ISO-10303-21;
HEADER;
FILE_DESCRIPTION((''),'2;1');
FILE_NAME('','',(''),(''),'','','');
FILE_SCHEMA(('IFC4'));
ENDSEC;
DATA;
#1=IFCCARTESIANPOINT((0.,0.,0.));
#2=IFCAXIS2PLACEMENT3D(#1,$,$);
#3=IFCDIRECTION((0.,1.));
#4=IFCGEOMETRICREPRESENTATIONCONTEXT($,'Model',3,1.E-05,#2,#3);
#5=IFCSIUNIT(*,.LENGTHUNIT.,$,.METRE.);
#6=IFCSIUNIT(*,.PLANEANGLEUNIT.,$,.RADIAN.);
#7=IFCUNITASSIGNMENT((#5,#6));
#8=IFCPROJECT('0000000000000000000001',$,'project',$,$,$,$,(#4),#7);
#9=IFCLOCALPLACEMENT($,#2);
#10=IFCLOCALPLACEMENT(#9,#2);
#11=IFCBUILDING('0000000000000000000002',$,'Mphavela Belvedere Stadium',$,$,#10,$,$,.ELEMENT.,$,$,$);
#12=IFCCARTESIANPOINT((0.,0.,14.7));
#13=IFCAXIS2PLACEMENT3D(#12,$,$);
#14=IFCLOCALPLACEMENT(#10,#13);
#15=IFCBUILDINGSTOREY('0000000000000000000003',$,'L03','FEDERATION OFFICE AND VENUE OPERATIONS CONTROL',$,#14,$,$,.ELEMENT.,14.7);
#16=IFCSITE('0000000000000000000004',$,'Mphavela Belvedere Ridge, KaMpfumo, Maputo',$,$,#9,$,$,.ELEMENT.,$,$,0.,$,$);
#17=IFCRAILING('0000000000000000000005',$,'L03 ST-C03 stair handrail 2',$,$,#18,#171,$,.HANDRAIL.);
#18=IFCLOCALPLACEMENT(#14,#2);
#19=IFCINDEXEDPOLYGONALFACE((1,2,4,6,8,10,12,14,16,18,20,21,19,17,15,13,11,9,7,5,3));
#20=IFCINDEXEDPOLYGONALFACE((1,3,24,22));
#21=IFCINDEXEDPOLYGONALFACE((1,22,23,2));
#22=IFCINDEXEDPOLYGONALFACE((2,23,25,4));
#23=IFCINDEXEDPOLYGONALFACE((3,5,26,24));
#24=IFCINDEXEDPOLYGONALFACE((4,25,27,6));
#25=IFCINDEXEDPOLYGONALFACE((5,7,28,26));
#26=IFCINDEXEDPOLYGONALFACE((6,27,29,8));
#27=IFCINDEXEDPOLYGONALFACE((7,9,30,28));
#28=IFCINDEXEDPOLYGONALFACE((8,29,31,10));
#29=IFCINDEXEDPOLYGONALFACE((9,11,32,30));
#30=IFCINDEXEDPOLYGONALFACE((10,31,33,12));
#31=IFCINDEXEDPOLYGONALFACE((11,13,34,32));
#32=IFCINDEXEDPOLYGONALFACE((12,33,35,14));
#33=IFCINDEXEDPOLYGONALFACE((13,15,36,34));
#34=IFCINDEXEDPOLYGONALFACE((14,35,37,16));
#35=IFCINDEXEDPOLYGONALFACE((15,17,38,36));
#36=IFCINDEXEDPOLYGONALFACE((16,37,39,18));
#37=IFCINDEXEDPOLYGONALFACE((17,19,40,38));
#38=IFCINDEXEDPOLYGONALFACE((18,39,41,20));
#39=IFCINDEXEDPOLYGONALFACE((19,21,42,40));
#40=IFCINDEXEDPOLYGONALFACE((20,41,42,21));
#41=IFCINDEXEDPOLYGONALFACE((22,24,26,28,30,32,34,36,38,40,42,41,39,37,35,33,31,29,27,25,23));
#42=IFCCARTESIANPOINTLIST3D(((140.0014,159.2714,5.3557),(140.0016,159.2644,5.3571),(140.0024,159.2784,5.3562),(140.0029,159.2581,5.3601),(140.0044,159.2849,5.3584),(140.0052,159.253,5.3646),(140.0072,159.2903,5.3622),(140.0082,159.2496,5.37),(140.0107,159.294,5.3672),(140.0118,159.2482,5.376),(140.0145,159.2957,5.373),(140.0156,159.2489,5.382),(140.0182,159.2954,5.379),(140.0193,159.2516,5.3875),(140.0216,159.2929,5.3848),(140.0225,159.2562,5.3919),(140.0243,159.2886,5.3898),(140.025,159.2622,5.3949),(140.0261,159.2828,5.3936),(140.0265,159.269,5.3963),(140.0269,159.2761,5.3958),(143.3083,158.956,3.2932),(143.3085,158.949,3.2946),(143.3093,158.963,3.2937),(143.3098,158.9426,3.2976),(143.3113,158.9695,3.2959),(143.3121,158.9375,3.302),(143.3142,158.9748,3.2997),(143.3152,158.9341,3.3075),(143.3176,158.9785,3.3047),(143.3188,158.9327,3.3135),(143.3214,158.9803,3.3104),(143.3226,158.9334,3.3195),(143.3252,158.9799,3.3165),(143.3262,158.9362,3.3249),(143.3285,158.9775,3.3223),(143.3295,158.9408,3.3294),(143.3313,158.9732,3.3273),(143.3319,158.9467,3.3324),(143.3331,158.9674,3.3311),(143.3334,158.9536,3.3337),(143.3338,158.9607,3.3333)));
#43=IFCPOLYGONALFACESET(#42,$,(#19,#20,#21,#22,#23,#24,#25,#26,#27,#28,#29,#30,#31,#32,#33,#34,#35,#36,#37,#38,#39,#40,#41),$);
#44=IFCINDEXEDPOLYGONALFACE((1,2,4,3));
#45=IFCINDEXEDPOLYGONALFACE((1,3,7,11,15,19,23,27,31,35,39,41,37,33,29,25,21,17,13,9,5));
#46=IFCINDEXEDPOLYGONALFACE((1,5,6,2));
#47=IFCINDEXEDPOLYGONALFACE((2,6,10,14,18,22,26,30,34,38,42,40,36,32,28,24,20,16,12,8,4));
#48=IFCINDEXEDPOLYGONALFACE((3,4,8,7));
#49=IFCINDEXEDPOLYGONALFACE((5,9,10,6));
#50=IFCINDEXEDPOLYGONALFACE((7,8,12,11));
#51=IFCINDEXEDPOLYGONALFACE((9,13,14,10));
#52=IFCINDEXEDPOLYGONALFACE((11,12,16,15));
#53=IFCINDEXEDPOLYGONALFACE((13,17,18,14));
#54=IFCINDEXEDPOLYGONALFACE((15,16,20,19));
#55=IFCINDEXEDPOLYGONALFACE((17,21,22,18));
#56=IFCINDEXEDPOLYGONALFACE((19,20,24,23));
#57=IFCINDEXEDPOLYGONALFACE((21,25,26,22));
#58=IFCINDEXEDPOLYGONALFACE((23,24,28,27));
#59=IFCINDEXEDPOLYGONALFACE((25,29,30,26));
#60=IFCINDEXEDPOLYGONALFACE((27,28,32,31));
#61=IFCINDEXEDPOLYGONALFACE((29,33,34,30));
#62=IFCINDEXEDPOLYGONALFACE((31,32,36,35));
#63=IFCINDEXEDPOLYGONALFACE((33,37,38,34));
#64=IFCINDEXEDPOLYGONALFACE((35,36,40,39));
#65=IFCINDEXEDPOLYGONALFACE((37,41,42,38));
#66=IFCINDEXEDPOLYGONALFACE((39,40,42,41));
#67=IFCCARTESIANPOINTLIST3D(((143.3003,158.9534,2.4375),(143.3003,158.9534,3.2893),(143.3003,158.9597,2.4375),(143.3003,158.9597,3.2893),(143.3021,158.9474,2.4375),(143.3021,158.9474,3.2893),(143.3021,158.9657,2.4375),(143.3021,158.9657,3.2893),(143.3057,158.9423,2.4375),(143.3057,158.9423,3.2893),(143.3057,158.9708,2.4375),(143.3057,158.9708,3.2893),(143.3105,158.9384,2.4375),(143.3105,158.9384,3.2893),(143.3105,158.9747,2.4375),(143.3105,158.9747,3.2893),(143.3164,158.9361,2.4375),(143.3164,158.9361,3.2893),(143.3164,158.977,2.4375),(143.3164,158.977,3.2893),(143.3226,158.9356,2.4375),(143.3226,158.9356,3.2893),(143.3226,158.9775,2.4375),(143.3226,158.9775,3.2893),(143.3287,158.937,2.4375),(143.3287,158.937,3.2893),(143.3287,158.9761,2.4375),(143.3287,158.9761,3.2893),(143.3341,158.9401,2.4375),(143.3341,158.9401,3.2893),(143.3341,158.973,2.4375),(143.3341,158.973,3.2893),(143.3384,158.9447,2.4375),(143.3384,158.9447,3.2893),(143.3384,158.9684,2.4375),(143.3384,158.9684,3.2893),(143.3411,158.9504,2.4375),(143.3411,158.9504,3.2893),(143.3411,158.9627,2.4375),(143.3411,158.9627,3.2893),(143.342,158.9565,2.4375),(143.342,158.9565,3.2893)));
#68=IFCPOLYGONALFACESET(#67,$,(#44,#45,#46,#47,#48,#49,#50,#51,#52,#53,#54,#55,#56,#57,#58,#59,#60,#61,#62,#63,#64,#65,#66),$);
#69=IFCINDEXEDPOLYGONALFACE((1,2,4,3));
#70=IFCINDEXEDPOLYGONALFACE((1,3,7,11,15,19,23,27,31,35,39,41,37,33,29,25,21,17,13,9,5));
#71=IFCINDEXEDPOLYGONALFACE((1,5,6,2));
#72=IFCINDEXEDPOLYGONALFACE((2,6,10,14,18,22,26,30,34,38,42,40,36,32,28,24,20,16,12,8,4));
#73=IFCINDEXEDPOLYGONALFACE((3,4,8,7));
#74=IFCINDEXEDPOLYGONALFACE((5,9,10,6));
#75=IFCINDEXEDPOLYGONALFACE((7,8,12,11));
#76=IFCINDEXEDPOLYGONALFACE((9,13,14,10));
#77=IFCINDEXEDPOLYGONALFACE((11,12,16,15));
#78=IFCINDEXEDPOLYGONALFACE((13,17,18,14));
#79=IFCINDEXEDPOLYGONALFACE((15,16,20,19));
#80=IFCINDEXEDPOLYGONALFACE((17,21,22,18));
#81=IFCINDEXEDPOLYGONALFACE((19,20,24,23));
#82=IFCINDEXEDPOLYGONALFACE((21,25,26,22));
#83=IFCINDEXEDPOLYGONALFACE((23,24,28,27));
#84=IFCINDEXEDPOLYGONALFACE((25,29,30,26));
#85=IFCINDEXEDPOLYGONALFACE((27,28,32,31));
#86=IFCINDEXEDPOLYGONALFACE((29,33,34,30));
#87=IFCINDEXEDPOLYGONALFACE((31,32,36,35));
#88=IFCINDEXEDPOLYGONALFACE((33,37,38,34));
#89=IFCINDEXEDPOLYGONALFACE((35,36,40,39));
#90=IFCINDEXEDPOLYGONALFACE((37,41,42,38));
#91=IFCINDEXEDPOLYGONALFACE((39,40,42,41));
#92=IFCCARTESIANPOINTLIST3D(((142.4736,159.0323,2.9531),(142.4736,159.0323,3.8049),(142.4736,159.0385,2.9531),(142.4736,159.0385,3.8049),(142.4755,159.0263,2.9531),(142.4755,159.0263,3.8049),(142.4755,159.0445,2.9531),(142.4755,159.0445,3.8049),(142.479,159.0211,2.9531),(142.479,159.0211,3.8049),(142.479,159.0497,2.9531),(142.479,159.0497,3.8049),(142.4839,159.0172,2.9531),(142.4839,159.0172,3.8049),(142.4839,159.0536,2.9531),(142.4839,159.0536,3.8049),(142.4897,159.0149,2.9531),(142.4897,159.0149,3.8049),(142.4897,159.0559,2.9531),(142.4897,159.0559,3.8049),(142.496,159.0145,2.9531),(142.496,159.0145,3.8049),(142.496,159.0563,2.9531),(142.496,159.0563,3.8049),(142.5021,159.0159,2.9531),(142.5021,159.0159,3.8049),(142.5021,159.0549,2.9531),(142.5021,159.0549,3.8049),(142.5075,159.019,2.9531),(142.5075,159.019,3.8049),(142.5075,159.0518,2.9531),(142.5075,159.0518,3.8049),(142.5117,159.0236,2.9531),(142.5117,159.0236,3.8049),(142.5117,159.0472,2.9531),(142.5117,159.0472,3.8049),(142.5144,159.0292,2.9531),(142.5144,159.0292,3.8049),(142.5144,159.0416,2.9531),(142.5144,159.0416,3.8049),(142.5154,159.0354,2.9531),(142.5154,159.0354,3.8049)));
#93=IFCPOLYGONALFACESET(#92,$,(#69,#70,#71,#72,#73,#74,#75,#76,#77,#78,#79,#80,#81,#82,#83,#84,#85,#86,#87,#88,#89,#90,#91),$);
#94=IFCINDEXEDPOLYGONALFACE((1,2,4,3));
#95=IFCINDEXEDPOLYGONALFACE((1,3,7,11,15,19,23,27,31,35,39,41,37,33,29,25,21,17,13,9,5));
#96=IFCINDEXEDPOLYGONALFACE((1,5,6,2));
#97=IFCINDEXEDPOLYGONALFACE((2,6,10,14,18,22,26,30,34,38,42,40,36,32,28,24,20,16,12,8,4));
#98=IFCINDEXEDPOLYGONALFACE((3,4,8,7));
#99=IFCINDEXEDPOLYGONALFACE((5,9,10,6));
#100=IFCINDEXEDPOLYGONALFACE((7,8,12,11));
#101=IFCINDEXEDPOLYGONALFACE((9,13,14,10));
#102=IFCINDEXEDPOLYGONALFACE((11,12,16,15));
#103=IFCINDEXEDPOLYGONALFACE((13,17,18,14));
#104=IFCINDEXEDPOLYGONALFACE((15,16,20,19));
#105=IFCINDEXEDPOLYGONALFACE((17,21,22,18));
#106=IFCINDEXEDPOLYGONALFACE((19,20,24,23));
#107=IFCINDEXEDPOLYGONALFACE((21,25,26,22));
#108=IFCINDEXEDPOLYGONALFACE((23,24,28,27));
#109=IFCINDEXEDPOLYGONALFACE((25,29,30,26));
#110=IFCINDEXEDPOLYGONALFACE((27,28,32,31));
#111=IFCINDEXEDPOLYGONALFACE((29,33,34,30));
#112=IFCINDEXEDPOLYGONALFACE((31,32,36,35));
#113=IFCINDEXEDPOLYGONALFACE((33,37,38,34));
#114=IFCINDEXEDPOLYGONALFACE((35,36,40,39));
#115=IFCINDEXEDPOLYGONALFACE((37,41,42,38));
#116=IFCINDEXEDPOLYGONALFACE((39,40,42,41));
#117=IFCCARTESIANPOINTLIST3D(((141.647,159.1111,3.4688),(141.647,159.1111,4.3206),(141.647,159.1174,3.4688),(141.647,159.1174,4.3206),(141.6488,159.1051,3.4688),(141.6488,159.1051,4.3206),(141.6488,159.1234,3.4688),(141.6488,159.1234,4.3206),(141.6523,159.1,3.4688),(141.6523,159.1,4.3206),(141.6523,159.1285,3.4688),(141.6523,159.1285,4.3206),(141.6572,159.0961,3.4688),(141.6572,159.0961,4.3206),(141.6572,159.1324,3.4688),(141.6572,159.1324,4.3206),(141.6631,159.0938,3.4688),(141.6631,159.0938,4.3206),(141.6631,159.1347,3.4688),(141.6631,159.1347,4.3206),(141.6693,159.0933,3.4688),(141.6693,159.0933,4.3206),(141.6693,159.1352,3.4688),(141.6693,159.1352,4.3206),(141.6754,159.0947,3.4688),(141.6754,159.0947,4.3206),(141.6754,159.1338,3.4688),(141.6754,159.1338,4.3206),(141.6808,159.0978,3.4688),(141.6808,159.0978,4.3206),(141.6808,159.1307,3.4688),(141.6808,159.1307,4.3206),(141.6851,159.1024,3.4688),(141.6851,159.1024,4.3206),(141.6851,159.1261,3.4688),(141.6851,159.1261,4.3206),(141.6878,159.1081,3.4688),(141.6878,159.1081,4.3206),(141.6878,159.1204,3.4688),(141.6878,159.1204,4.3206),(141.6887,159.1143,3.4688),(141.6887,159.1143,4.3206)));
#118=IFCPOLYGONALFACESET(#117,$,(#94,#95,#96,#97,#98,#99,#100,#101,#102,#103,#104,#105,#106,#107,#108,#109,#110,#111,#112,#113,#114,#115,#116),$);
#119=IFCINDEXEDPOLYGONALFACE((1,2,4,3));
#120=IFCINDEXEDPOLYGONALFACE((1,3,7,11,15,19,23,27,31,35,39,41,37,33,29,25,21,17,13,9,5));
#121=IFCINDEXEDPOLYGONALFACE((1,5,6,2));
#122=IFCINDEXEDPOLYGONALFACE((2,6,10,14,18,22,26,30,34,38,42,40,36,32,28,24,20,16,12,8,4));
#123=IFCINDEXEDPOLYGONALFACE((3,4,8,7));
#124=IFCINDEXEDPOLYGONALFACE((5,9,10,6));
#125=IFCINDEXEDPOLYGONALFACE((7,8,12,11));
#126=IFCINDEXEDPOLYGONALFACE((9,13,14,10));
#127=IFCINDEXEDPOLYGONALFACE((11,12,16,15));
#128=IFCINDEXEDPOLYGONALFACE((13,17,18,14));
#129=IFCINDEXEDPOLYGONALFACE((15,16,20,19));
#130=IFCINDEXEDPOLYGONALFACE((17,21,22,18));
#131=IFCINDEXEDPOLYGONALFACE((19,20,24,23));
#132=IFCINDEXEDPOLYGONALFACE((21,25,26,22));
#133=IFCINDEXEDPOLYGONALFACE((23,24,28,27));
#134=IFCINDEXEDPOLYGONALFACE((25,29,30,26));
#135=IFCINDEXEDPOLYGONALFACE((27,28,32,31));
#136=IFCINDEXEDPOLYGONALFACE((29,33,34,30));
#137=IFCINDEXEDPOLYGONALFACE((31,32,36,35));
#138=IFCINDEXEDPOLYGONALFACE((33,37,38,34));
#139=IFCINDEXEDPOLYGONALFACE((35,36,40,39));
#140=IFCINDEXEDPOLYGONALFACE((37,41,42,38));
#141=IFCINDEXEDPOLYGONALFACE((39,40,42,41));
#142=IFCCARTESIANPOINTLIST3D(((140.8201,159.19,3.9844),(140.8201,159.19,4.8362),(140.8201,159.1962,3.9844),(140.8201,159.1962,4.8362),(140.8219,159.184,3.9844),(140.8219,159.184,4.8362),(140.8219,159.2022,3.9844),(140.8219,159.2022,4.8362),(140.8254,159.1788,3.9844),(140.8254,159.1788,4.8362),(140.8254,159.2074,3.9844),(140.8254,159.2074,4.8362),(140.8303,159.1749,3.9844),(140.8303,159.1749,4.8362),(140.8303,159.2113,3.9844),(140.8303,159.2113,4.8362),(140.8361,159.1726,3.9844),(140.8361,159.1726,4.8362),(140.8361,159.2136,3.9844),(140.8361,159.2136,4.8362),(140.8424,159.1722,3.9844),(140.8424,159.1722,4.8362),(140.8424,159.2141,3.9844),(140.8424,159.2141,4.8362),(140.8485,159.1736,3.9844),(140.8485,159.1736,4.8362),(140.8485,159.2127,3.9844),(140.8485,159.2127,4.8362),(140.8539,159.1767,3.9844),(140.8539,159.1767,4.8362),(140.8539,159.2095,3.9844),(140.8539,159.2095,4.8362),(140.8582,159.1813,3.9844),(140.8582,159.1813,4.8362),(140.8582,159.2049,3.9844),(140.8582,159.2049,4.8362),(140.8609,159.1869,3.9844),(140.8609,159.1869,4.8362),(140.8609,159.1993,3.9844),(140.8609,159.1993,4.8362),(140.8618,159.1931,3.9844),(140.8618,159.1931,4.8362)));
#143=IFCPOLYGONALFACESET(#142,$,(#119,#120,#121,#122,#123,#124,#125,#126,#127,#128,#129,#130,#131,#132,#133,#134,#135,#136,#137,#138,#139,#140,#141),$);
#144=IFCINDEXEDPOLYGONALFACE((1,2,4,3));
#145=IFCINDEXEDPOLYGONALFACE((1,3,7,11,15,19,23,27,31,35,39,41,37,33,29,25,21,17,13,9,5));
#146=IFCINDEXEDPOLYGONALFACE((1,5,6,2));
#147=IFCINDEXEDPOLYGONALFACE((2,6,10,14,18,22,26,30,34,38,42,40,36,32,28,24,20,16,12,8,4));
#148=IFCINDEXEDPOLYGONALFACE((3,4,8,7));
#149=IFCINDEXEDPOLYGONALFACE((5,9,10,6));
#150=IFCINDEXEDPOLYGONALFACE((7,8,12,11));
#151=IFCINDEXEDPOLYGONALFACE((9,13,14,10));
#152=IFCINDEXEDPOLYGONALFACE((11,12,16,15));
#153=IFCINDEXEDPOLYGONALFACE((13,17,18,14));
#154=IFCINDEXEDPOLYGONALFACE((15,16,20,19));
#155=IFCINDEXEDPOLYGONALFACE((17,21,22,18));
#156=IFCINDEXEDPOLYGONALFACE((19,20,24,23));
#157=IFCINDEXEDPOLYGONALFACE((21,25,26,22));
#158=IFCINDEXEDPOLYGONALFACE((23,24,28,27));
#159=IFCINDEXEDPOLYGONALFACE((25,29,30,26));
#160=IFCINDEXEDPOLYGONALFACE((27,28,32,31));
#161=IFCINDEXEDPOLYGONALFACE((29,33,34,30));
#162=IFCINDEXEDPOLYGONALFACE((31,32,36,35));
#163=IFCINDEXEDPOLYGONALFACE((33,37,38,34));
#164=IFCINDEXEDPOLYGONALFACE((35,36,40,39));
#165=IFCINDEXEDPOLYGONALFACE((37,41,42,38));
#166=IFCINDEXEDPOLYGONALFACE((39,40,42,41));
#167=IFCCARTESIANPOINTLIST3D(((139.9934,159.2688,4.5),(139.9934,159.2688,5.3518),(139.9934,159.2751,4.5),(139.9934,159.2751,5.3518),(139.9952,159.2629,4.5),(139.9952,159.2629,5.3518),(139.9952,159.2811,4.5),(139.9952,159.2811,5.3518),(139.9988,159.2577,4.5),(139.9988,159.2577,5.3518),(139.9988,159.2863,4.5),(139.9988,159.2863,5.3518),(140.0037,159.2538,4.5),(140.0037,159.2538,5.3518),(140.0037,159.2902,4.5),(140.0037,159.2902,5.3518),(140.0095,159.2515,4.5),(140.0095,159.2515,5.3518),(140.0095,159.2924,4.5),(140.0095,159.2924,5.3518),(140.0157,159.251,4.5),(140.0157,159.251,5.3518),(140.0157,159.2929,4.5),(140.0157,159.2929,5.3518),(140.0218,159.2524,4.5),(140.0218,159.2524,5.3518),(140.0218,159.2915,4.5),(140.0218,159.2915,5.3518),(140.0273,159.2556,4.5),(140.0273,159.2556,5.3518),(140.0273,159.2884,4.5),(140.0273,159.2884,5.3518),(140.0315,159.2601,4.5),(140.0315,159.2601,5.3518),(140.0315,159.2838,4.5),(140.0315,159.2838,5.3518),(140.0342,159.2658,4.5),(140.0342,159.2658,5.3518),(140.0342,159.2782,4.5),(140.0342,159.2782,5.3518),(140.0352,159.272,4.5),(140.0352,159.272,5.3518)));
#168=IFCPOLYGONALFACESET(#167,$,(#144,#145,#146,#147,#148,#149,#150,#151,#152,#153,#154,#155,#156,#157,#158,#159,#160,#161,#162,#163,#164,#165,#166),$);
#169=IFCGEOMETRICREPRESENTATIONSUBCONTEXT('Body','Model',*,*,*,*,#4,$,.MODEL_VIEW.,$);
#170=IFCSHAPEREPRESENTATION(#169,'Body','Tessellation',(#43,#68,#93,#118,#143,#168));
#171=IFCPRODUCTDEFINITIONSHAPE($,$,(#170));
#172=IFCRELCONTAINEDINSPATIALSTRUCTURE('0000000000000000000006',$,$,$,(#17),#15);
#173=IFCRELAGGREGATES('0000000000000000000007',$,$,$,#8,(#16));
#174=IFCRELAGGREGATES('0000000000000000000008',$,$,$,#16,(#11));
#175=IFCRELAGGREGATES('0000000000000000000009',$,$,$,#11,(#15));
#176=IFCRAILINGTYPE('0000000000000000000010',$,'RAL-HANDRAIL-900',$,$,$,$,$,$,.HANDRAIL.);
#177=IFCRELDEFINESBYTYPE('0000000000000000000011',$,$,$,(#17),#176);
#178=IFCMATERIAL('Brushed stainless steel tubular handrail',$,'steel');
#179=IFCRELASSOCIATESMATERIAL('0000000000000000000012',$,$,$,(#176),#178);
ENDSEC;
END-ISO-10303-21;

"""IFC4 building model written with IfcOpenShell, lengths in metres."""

from ifc_helpers import new_model, si_unit, direction, frame, origin, origin_2d, place, context, subcontext, project, spatial, circle, extrude, material, type_object, element, save


model = new_model("IFC4")

# Units and contexts
model_context = context("Model", 3, precision=1e-05, world=origin(), true_north=direction((0.0, 1.0)))
body_context = subcontext(model_context, "Body", "Model", "MODEL_VIEW")
ifc_project = project(units=[si_unit("LENGTHUNIT", "METRE"), si_unit("PLANEANGLEUNIT", "RADIAN")], contexts=[model_context])

# Site, building, storey
site_placement = place(None, origin())
site = spatial("IfcSite", under=ifc_project, at=site_placement, Name="Mphavela Belvedere Ridge, KaMpfumo, Maputo", CompositionType="ELEMENT", RefElevation=0.0)
building_placement = place(site_placement, origin())
building = spatial("IfcBuilding", under=site, at=building_placement, Name="Mphavela Belvedere Stadium", CompositionType="ELEMENT")
storey_placement = place(building_placement, frame((0.0, 0.0, 14.7)))
storey = spatial("IfcBuildingStorey", under=building, at=storey_placement, Name="L03", Description="FEDERATION OFFICE AND VENUE OPERATIONS CONTROL", CompositionType="ELEMENT", Elevation=14.7)

# Railing
ifc_material_1 = material(Name="Brushed stainless steel tubular handrail", Category="steel")
railing_type_1 = type_object("IfcRailingType", Name="RAL-HANDRAIL-900", PredefinedType="HANDRAIL", material=ifc_material_1)
railing_1_placement = place(storey_placement, frame((143.321, 158.9565, 2.4375)))
element("IfcRailing", 1, at=railing_1_placement, inside=storey, type_object=railing_type_1, Name="L03 ST-C03 stair handrail 2", PredefinedType="HANDRAIL", context=body_context, shape_type="SweptSolid", body=[
    extrude(circle(Radius=0.0239, at=origin_2d()), frame((0.0, 0.0, 0.876), z_axis=(-0.845729, 0.08067, 0.52748), x_axis=(-0.094955, -0.995482, 0.0)), (0.0, 0.0, 1.0), 3.9102),
    extrude(circle(Radius=0.021, at=origin_2d()), origin(), (0.0, 0.0, 1.0), 0.8518),
    extrude(circle(Radius=0.021, at=origin_2d()), frame((-0.8267, 0.0789, 0.5156)), (0.0, 0.0, 1.0), 0.8518),
    extrude(circle(Radius=0.021, at=origin_2d()), frame((-1.6533, 0.1577, 1.0312)), (0.0, 0.0, 1.0), 0.8518),
    extrude(circle(Radius=0.021, at=origin_2d()), frame((-2.4802, 0.2366, 1.5469)), (0.0, 0.0, 1.0), 0.8518),
    extrude(circle(Radius=0.021, at=origin_2d()), frame((-3.3069, 0.3154, 2.0625)), (0.0, 0.0, 1.0), 0.8518),
])

save(model, "model.ifc")
